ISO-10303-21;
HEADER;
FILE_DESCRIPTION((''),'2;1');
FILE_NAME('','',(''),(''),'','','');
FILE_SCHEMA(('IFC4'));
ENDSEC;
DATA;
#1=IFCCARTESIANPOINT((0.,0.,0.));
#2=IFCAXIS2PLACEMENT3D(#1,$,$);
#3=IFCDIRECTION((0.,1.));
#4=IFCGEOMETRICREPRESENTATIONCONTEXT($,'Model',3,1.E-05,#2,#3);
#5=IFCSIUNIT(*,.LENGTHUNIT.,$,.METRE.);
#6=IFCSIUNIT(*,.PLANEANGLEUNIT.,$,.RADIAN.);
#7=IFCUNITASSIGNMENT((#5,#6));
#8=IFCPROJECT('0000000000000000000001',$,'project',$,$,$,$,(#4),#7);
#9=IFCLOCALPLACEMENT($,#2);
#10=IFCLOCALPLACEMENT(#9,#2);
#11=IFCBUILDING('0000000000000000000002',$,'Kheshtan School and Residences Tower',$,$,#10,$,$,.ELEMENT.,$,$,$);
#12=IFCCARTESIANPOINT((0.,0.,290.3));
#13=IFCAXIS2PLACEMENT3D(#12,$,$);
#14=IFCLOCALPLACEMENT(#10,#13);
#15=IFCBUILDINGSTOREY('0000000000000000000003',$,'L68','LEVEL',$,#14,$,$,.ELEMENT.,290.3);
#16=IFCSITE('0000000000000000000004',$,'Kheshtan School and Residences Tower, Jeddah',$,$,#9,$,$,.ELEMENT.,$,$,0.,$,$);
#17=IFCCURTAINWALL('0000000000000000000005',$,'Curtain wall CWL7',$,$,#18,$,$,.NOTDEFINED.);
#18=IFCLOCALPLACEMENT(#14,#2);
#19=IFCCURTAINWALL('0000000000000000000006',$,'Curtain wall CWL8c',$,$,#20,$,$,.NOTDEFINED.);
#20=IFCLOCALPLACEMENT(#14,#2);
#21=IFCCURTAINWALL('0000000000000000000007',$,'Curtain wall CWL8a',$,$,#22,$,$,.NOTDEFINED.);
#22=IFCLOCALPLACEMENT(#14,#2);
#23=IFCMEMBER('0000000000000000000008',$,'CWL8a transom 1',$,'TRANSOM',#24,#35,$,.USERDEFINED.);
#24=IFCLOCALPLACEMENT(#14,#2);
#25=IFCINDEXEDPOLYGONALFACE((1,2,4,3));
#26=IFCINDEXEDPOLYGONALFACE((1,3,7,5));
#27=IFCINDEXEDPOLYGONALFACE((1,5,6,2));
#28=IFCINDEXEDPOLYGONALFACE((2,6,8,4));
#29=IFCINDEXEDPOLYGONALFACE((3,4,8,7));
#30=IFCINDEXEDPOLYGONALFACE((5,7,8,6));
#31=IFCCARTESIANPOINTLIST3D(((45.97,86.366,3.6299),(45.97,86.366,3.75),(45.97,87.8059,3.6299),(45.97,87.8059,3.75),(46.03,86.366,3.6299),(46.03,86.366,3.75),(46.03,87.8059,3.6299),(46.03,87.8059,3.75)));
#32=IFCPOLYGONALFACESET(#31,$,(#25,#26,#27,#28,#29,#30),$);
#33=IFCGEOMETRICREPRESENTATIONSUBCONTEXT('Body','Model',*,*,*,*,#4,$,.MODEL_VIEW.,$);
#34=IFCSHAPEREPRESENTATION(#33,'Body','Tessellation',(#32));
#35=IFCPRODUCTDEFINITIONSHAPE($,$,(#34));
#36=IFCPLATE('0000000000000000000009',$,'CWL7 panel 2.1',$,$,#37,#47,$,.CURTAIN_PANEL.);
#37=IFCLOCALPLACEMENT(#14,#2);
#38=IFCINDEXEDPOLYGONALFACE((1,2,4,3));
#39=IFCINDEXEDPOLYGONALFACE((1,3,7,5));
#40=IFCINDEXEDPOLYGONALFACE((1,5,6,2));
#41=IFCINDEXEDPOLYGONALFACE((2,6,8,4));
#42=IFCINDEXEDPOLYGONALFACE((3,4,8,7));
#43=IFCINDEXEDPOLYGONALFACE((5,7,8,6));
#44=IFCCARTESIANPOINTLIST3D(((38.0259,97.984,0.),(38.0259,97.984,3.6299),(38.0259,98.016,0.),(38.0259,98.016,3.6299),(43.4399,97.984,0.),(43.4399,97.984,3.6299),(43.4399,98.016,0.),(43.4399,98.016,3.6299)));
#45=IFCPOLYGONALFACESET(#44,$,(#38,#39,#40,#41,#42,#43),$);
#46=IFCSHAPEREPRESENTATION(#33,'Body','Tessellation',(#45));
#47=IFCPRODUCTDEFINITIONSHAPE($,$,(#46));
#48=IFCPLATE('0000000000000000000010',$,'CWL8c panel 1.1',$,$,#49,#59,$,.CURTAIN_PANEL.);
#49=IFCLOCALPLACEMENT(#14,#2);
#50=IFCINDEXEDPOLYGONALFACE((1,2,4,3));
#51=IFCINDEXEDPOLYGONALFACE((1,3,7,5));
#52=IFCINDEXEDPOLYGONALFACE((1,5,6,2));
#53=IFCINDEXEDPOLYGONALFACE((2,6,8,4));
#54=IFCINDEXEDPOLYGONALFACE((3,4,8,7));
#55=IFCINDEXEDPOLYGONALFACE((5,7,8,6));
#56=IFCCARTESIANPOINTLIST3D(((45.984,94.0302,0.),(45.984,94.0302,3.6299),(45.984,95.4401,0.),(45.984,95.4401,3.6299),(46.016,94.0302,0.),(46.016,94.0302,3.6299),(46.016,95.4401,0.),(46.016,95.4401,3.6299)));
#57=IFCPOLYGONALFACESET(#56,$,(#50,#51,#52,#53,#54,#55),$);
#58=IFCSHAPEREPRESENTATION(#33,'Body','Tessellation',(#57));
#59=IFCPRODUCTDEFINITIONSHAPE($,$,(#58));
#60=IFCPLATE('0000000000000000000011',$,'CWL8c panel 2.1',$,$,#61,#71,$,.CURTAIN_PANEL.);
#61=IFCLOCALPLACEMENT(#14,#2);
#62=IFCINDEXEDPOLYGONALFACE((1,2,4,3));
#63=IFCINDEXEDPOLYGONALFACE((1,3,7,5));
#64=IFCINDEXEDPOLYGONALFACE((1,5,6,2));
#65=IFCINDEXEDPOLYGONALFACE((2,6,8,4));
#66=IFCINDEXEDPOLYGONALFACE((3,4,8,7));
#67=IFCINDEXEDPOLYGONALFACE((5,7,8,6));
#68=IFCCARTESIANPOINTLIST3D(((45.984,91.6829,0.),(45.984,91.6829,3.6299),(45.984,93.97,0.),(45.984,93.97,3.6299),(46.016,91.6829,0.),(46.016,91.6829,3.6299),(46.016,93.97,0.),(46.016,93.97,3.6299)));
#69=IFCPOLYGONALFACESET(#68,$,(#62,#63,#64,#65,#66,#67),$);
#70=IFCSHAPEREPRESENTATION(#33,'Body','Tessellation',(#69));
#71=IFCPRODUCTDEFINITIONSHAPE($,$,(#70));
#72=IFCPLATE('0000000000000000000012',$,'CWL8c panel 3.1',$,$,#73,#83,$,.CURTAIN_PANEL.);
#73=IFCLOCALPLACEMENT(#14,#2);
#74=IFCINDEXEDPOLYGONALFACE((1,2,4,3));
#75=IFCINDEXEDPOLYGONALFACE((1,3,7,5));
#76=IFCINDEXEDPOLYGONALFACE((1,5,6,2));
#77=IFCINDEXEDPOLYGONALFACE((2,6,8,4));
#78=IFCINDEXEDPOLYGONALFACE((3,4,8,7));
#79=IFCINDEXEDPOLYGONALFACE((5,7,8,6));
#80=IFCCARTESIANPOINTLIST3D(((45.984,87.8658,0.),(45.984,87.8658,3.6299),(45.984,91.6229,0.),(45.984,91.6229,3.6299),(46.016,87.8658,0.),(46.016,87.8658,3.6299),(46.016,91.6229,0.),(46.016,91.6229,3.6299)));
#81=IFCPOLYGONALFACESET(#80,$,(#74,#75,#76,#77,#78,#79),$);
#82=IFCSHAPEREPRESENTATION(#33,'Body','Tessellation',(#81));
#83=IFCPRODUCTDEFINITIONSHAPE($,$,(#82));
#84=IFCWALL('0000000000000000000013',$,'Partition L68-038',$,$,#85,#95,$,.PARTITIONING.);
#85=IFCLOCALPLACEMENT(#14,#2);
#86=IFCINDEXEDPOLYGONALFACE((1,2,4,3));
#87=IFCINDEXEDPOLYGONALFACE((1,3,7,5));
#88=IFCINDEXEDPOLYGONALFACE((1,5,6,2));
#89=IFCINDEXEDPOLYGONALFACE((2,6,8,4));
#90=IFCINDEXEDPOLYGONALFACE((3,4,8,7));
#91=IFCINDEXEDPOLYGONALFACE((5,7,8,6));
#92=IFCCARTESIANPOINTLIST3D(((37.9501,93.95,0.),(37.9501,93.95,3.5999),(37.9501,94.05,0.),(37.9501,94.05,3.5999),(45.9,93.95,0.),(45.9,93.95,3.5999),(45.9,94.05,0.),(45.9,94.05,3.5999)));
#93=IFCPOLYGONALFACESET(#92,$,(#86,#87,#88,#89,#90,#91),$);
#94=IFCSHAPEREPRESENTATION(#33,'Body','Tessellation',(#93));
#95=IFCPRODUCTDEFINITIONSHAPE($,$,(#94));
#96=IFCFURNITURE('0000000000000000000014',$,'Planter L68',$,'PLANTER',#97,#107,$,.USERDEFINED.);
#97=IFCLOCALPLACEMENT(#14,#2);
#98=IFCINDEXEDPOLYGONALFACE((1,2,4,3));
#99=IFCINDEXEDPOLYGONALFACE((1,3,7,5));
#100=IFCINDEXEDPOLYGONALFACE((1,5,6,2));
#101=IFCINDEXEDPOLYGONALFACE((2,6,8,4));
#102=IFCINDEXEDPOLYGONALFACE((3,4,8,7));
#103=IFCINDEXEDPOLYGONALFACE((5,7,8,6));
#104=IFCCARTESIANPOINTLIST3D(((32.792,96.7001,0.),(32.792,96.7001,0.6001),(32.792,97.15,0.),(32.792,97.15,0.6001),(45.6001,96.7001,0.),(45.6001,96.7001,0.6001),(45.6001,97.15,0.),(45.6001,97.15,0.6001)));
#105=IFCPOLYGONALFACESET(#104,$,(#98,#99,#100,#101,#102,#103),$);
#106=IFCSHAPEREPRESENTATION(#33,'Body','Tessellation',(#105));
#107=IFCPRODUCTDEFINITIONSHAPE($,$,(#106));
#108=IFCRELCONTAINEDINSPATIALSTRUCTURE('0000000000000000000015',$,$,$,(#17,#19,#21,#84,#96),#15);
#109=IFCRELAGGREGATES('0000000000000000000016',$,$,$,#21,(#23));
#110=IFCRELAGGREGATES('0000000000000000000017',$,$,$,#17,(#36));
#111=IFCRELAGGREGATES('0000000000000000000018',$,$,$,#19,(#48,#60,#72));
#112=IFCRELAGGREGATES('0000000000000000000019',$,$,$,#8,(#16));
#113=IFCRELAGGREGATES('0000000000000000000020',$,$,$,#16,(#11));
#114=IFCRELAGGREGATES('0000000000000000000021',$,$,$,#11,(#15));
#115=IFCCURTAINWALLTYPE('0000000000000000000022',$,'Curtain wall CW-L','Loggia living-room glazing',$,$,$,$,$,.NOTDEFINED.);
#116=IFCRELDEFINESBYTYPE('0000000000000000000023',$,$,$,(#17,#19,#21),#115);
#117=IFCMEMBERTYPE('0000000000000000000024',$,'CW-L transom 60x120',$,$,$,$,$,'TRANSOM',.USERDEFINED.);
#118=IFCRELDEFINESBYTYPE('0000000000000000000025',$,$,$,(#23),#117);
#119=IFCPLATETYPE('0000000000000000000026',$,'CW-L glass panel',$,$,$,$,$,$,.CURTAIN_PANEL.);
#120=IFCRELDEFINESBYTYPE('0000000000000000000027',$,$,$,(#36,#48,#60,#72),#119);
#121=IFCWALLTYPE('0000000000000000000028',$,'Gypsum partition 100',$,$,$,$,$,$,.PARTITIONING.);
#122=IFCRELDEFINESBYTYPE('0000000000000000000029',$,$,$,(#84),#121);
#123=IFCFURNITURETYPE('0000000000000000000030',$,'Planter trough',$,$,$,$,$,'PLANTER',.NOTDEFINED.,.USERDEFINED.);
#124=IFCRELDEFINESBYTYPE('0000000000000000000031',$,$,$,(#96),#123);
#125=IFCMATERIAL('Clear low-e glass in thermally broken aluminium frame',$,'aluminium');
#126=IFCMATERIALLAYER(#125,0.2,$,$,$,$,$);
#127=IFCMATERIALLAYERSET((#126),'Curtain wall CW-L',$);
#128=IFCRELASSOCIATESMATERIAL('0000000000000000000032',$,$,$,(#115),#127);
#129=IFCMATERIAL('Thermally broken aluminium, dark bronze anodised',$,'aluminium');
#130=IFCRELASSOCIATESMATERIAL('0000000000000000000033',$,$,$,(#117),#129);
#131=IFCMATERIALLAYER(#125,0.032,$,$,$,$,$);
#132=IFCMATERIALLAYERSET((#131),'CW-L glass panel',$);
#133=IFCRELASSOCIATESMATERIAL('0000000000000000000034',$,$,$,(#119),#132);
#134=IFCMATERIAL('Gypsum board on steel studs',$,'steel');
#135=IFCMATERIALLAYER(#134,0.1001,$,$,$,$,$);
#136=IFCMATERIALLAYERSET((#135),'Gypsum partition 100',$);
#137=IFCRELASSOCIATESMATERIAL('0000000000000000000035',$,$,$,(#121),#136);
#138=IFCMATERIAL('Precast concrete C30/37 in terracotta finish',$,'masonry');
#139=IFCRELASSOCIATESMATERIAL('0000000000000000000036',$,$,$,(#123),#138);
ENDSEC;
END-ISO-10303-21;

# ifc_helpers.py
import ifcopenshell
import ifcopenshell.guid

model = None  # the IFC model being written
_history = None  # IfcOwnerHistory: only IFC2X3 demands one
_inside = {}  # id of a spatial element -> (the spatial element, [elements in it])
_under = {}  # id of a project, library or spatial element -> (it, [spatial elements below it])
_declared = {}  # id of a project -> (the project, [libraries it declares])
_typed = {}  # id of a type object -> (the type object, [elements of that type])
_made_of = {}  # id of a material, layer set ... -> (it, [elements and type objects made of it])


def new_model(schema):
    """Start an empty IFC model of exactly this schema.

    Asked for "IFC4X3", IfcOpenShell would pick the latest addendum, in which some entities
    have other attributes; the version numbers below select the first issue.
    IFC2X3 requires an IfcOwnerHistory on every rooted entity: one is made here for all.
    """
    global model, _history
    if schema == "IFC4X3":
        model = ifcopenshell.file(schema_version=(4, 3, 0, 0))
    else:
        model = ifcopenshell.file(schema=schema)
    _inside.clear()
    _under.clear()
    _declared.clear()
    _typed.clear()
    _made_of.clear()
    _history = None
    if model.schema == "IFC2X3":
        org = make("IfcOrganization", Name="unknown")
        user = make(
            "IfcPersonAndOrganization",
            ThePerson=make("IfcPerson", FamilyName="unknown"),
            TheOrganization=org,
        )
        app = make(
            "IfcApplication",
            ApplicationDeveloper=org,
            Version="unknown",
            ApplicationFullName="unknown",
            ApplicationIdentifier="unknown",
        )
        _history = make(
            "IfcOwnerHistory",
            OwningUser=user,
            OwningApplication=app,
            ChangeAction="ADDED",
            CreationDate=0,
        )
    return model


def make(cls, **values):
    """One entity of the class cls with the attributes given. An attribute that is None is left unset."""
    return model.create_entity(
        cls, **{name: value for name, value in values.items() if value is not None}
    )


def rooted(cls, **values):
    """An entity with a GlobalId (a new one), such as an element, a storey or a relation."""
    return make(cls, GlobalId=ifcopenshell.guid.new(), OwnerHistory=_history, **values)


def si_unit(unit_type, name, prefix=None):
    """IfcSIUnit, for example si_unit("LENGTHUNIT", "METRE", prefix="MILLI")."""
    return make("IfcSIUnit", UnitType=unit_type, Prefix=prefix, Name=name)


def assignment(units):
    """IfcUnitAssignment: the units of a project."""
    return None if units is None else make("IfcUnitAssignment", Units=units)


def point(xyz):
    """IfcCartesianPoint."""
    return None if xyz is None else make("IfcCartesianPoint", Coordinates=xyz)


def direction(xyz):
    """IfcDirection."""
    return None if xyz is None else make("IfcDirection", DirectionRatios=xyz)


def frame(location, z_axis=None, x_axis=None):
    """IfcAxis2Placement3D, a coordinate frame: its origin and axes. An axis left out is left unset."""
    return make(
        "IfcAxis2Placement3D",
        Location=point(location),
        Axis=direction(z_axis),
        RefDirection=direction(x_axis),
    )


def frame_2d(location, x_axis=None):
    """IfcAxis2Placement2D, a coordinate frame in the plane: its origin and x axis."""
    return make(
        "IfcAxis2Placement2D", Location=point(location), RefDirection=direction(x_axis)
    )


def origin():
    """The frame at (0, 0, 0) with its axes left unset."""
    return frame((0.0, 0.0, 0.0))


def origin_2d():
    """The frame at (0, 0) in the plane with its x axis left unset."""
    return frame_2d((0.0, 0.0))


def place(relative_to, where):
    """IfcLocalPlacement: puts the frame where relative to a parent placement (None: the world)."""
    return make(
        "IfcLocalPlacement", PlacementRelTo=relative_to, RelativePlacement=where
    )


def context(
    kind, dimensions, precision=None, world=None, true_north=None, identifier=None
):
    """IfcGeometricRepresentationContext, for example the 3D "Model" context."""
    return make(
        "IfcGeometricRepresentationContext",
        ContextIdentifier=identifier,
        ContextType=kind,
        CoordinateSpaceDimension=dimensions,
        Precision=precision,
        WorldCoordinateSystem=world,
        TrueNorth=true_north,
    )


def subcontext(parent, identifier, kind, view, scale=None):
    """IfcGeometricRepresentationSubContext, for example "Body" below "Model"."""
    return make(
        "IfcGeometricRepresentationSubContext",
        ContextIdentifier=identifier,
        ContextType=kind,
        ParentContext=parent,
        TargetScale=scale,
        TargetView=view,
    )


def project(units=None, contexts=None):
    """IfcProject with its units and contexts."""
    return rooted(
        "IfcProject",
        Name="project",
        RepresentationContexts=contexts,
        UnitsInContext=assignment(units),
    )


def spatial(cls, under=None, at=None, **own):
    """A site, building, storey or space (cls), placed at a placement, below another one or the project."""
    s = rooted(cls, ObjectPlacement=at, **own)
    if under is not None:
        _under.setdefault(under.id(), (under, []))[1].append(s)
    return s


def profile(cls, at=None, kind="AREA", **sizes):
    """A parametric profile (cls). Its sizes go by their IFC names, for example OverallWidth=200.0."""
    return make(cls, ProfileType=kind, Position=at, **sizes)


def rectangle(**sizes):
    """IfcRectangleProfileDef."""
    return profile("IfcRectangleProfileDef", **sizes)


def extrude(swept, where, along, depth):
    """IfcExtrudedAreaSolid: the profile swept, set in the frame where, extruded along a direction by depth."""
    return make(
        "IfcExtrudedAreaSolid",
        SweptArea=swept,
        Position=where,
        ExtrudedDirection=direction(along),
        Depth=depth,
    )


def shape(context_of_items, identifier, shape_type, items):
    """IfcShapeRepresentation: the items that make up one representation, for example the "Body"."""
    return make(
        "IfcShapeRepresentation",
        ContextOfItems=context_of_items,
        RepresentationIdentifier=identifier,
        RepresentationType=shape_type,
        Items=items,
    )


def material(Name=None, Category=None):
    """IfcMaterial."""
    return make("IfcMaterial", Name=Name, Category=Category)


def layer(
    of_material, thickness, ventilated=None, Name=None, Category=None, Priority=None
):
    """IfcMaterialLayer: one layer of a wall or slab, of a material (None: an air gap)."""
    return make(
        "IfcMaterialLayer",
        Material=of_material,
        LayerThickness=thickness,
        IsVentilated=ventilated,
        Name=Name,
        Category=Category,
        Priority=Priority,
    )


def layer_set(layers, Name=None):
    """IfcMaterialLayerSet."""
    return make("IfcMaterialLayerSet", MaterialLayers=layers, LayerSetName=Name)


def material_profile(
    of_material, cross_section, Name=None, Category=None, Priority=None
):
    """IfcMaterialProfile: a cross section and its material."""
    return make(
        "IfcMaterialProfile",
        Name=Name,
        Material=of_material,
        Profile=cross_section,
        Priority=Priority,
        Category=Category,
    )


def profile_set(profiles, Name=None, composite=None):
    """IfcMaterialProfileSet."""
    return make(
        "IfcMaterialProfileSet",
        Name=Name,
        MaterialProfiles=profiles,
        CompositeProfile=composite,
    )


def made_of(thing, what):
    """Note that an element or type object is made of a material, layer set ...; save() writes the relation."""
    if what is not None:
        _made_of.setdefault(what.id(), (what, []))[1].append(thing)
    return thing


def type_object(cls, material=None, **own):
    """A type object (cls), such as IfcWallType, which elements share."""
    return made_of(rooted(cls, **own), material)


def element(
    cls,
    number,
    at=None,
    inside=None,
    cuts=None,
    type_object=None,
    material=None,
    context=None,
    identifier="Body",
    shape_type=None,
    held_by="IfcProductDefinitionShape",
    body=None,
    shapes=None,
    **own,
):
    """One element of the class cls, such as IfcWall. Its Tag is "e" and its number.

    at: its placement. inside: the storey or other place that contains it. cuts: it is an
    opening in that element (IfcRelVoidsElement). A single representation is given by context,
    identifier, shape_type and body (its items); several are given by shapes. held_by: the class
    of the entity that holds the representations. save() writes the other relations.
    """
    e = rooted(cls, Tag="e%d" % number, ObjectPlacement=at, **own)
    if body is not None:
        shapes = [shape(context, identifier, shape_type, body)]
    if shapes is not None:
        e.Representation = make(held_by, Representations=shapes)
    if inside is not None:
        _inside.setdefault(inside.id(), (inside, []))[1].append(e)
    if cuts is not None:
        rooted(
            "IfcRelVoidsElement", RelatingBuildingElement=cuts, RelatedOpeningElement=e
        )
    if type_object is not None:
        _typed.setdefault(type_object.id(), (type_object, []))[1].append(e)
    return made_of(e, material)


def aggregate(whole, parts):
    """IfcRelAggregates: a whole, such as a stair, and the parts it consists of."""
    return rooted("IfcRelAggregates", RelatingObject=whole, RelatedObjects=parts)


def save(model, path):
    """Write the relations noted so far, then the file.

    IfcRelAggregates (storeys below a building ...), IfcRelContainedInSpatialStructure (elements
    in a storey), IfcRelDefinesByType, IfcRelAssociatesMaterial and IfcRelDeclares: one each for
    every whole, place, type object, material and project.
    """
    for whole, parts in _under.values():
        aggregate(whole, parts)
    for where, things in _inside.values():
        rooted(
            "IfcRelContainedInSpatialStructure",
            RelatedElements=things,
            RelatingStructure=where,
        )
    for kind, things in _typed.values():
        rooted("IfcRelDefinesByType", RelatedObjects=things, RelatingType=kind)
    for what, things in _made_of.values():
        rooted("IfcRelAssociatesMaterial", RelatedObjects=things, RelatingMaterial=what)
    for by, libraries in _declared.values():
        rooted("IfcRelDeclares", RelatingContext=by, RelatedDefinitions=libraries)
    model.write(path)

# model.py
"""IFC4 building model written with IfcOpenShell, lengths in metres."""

from ifc_helpers import new_model, si_unit, direction, frame, frame_2d, origin, origin_2d, place, context, subcontext, project, spatial, rectangle, extrude, material, layer, layer_set, material_profile, profile_set, type_object, element, aggregate, save


model = new_model("IFC4")

# Units and contexts
model_context = context("Model", 3, precision=1e-05, world=origin(), true_north=direction((0.0, 1.0)))
body_context = subcontext(model_context, "Body", "Model", "MODEL_VIEW")
ifc_project = project(units=[si_unit("LENGTHUNIT", "METRE"), si_unit("PLANEANGLEUNIT", "RADIAN")], contexts=[model_context])

# Site, building, storey
site_placement = place(None, origin())
site = spatial("IfcSite", under=ifc_project, at=site_placement, Name="Kheshtan School and Residences Tower, Jeddah", CompositionType="ELEMENT", RefElevation=0.0)
building_placement = place(site_placement, origin())
building = spatial("IfcBuilding", under=site, at=building_placement, Name="Kheshtan School and Residences Tower", CompositionType="ELEMENT")
storey_placement = place(building_placement, frame((0.0, 0.0, 290.3)))
storey = spatial("IfcBuildingStorey", under=building, at=storey_placement, Name="L68", Description="LEVEL", CompositionType="ELEMENT", Elevation=290.3)

# Curtain walls
ifc_material_1 = material(Name="Clear low-e glass in thermally broken aluminium frame", Category="aluminium")
ifc_layer_1 = layer(ifc_material_1, 0.2)
ifc_layer_set_1 = layer_set([ifc_layer_1], Name="Curtain wall CW-L")
curtain_wall_type = type_object("IfcCurtainWallType", Name="Curtain wall CW-L", Description="Loggia living-room glazing", PredefinedType="NOTDEFINED", material=ifc_layer_set_1)
curtain_wall_1_placement = place(storey_placement, origin())
curtain_wall_1 = element("IfcCurtainWall", 1, at=curtain_wall_1_placement, inside=storey, type_object=curtain_wall_type, Name="Curtain wall CWL7", PredefinedType="NOTDEFINED")
ifc_material_2 = material(Name="Thermally broken aluminium, dark bronze anodised", Category="aluminium")
curtain_wall_2_placement = place(storey_placement, origin())
curtain_wall_2 = element("IfcCurtainWall", 2, at=curtain_wall_2_placement, inside=storey, type_object=curtain_wall_type, Name="Curtain wall CWL8c", PredefinedType="NOTDEFINED")
ifc_material_profile_1 = material_profile(ifc_material_2, rectangle(XDim=0.0601, YDim=0.1201, at=origin_2d()), Name="CW-L transom 60x120")
ifc_profile_set_1 = profile_set([ifc_material_profile_1], Name="Thermally broken aluminium, dark bronze anodised")
member_type_1 = type_object("IfcMemberType", Name="CW-L transom 60x120", ElementType="TRANSOM", PredefinedType="USERDEFINED", material=ifc_profile_set_1)

# Curtain wall, member
curtain_wall_3_placement = place(storey_placement, origin())
curtain_wall_3 = element("IfcCurtainWall", 3, at=curtain_wall_3_placement, inside=storey, type_object=curtain_wall_type, Name="Curtain wall CWL8a", PredefinedType="NOTDEFINED")
member_1_placement = place(storey_placement, frame((46.0, 87.8059, 3.6899), z_axis=(0.0, -1.0, 0.0), x_axis=(1.0, 0.0, 0.0)))
member_1 = element("IfcMember", 4, at=member_1_placement, type_object=member_type_1, Name="CWL8a transom 1", ObjectType="TRANSOM", PredefinedType="USERDEFINED", context=body_context, shape_type="SweptSolid", body=[
    extrude(rectangle(XDim=0.0601, YDim=0.1201, at=origin_2d()), origin(), (0.0, 0.0, 1.0), 1.4399),
])
aggregate(curtain_wall_3, [member_1])

# Plates
ifc_layer_2 = layer(ifc_material_1, 0.032)
ifc_layer_set_2 = layer_set([ifc_layer_2], Name="CW-L glass panel")
plate_type = type_object("IfcPlateType", Name="CW-L glass panel", PredefinedType="CURTAIN_PANEL", material=ifc_layer_set_2)
plate_1_placement = place(storey_placement, frame((40.7329, 98.0, 0.0), z_axis=(0.0, 0.0, 1.0), x_axis=(1.0, 0.0, 0.0)))
plate_1 = element("IfcPlate", 5, at=plate_1_placement, type_object=plate_type, Name="CWL7 panel 2.1", PredefinedType="CURTAIN_PANEL", context=body_context, shape_type="SweptSolid", body=[
    extrude(rectangle(XDim=5.4141, YDim=0.032, at=origin_2d()), origin(), (0.0, 0.0, 1.0), 3.6299),
])
aggregate(curtain_wall_1, [plate_1])
plate_2_placement = place(storey_placement, frame((46.0, 94.7351, 0.0), z_axis=(0.0, 0.0, 1.0), x_axis=(0.0, -1.0, 0.0)))
plate_2 = element("IfcPlate", 6, at=plate_2_placement, type_object=plate_type, Name="CWL8c panel 1.1", PredefinedType="CURTAIN_PANEL", context=body_context, shape_type="SweptSolid", body=[
    extrude(rectangle(XDim=1.4099, YDim=0.032, at=origin_2d()), origin(), (0.0, 0.0, 1.0), 3.6299),
])
plate_3_placement = place(storey_placement, frame((46.0, 92.8264, 0.0), z_axis=(0.0, 0.0, 1.0), x_axis=(0.0, -1.0, 0.0)))
plate_3 = element("IfcPlate", 7, at=plate_3_placement, type_object=plate_type, Name="CWL8c panel 2.1", PredefinedType="CURTAIN_PANEL", context=body_context, shape_type="SweptSolid", body=[
    extrude(rectangle(XDim=2.2871, YDim=0.032, at=origin_2d()), origin(), (0.0, 0.0, 1.0), 3.6299),
])
plate_4_placement = place(storey_placement, frame((46.0, 89.7444, 0.0), z_axis=(0.0, 0.0, 1.0), x_axis=(0.0, -1.0, 0.0)))
plate_4 = element("IfcPlate", 8, at=plate_4_placement, type_object=plate_type, Name="CWL8c panel 3.1", PredefinedType="CURTAIN_PANEL", context=body_context, shape_type="SweptSolid", body=[
    extrude(rectangle(XDim=3.7571, YDim=0.032, at=origin_2d()), origin(), (0.0, 0.0, 1.0), 3.6299),
])
aggregate(curtain_wall_2, [plate_2, plate_3, plate_4])

# Wall
ifc_material_3 = material(Name="Gypsum board on steel studs", Category="steel")
ifc_layer_3 = layer(ifc_material_3, 0.1001)
ifc_layer_set_3 = layer_set([ifc_layer_3], Name="Gypsum partition 100")
wall_type_1 = type_object("IfcWallType", Name="Gypsum partition 100", PredefinedType="PARTITIONING", material=ifc_layer_set_3)
wall_1_placement = place(storey_placement, frame((37.95, 94.0, 0.0), z_axis=(0.0, 0.0, 1.0), x_axis=(1.0, 0.0, 0.0)))
element("IfcWall", 9, at=wall_1_placement, inside=storey, type_object=wall_type_1, Name="Partition L68-038", PredefinedType="PARTITIONING", context=body_context, shape_type="SweptSolid", body=[
    extrude(rectangle(XDim=7.95, YDim=0.1001, at=frame_2d((3.9751, 0.0))), origin(), (0.0, 0.0, 1.0), 3.5999),
])

# Furniture
ifc_material_4 = material(Name="Precast concrete C30/37 in terracotta finish", Category="masonry")
furniture_type = type_object("IfcFurnitureType", Name="Planter trough", ElementType="PLANTER", AssemblyPlace="NOTDEFINED", PredefinedType="USERDEFINED", material=ifc_material_4)
furniture_placement = place(storey_placement, frame((39.196, 96.925, 0.0), z_axis=(0.0, 0.0, 1.0), x_axis=(1.0, 0.0, 0.0)))
element("IfcFurniture", 10, at=furniture_placement, inside=storey, type_object=furniture_type, Name="Planter L68", ObjectType="PLANTER", PredefinedType="USERDEFINED", context=body_context, shape_type="SweptSolid", body=[
    extrude(rectangle(XDim=12.8081, YDim=0.45, at=origin_2d()), origin(), (0.0, 0.0, 1.0), 0.6001),
])

save(model, "model.ifc")
